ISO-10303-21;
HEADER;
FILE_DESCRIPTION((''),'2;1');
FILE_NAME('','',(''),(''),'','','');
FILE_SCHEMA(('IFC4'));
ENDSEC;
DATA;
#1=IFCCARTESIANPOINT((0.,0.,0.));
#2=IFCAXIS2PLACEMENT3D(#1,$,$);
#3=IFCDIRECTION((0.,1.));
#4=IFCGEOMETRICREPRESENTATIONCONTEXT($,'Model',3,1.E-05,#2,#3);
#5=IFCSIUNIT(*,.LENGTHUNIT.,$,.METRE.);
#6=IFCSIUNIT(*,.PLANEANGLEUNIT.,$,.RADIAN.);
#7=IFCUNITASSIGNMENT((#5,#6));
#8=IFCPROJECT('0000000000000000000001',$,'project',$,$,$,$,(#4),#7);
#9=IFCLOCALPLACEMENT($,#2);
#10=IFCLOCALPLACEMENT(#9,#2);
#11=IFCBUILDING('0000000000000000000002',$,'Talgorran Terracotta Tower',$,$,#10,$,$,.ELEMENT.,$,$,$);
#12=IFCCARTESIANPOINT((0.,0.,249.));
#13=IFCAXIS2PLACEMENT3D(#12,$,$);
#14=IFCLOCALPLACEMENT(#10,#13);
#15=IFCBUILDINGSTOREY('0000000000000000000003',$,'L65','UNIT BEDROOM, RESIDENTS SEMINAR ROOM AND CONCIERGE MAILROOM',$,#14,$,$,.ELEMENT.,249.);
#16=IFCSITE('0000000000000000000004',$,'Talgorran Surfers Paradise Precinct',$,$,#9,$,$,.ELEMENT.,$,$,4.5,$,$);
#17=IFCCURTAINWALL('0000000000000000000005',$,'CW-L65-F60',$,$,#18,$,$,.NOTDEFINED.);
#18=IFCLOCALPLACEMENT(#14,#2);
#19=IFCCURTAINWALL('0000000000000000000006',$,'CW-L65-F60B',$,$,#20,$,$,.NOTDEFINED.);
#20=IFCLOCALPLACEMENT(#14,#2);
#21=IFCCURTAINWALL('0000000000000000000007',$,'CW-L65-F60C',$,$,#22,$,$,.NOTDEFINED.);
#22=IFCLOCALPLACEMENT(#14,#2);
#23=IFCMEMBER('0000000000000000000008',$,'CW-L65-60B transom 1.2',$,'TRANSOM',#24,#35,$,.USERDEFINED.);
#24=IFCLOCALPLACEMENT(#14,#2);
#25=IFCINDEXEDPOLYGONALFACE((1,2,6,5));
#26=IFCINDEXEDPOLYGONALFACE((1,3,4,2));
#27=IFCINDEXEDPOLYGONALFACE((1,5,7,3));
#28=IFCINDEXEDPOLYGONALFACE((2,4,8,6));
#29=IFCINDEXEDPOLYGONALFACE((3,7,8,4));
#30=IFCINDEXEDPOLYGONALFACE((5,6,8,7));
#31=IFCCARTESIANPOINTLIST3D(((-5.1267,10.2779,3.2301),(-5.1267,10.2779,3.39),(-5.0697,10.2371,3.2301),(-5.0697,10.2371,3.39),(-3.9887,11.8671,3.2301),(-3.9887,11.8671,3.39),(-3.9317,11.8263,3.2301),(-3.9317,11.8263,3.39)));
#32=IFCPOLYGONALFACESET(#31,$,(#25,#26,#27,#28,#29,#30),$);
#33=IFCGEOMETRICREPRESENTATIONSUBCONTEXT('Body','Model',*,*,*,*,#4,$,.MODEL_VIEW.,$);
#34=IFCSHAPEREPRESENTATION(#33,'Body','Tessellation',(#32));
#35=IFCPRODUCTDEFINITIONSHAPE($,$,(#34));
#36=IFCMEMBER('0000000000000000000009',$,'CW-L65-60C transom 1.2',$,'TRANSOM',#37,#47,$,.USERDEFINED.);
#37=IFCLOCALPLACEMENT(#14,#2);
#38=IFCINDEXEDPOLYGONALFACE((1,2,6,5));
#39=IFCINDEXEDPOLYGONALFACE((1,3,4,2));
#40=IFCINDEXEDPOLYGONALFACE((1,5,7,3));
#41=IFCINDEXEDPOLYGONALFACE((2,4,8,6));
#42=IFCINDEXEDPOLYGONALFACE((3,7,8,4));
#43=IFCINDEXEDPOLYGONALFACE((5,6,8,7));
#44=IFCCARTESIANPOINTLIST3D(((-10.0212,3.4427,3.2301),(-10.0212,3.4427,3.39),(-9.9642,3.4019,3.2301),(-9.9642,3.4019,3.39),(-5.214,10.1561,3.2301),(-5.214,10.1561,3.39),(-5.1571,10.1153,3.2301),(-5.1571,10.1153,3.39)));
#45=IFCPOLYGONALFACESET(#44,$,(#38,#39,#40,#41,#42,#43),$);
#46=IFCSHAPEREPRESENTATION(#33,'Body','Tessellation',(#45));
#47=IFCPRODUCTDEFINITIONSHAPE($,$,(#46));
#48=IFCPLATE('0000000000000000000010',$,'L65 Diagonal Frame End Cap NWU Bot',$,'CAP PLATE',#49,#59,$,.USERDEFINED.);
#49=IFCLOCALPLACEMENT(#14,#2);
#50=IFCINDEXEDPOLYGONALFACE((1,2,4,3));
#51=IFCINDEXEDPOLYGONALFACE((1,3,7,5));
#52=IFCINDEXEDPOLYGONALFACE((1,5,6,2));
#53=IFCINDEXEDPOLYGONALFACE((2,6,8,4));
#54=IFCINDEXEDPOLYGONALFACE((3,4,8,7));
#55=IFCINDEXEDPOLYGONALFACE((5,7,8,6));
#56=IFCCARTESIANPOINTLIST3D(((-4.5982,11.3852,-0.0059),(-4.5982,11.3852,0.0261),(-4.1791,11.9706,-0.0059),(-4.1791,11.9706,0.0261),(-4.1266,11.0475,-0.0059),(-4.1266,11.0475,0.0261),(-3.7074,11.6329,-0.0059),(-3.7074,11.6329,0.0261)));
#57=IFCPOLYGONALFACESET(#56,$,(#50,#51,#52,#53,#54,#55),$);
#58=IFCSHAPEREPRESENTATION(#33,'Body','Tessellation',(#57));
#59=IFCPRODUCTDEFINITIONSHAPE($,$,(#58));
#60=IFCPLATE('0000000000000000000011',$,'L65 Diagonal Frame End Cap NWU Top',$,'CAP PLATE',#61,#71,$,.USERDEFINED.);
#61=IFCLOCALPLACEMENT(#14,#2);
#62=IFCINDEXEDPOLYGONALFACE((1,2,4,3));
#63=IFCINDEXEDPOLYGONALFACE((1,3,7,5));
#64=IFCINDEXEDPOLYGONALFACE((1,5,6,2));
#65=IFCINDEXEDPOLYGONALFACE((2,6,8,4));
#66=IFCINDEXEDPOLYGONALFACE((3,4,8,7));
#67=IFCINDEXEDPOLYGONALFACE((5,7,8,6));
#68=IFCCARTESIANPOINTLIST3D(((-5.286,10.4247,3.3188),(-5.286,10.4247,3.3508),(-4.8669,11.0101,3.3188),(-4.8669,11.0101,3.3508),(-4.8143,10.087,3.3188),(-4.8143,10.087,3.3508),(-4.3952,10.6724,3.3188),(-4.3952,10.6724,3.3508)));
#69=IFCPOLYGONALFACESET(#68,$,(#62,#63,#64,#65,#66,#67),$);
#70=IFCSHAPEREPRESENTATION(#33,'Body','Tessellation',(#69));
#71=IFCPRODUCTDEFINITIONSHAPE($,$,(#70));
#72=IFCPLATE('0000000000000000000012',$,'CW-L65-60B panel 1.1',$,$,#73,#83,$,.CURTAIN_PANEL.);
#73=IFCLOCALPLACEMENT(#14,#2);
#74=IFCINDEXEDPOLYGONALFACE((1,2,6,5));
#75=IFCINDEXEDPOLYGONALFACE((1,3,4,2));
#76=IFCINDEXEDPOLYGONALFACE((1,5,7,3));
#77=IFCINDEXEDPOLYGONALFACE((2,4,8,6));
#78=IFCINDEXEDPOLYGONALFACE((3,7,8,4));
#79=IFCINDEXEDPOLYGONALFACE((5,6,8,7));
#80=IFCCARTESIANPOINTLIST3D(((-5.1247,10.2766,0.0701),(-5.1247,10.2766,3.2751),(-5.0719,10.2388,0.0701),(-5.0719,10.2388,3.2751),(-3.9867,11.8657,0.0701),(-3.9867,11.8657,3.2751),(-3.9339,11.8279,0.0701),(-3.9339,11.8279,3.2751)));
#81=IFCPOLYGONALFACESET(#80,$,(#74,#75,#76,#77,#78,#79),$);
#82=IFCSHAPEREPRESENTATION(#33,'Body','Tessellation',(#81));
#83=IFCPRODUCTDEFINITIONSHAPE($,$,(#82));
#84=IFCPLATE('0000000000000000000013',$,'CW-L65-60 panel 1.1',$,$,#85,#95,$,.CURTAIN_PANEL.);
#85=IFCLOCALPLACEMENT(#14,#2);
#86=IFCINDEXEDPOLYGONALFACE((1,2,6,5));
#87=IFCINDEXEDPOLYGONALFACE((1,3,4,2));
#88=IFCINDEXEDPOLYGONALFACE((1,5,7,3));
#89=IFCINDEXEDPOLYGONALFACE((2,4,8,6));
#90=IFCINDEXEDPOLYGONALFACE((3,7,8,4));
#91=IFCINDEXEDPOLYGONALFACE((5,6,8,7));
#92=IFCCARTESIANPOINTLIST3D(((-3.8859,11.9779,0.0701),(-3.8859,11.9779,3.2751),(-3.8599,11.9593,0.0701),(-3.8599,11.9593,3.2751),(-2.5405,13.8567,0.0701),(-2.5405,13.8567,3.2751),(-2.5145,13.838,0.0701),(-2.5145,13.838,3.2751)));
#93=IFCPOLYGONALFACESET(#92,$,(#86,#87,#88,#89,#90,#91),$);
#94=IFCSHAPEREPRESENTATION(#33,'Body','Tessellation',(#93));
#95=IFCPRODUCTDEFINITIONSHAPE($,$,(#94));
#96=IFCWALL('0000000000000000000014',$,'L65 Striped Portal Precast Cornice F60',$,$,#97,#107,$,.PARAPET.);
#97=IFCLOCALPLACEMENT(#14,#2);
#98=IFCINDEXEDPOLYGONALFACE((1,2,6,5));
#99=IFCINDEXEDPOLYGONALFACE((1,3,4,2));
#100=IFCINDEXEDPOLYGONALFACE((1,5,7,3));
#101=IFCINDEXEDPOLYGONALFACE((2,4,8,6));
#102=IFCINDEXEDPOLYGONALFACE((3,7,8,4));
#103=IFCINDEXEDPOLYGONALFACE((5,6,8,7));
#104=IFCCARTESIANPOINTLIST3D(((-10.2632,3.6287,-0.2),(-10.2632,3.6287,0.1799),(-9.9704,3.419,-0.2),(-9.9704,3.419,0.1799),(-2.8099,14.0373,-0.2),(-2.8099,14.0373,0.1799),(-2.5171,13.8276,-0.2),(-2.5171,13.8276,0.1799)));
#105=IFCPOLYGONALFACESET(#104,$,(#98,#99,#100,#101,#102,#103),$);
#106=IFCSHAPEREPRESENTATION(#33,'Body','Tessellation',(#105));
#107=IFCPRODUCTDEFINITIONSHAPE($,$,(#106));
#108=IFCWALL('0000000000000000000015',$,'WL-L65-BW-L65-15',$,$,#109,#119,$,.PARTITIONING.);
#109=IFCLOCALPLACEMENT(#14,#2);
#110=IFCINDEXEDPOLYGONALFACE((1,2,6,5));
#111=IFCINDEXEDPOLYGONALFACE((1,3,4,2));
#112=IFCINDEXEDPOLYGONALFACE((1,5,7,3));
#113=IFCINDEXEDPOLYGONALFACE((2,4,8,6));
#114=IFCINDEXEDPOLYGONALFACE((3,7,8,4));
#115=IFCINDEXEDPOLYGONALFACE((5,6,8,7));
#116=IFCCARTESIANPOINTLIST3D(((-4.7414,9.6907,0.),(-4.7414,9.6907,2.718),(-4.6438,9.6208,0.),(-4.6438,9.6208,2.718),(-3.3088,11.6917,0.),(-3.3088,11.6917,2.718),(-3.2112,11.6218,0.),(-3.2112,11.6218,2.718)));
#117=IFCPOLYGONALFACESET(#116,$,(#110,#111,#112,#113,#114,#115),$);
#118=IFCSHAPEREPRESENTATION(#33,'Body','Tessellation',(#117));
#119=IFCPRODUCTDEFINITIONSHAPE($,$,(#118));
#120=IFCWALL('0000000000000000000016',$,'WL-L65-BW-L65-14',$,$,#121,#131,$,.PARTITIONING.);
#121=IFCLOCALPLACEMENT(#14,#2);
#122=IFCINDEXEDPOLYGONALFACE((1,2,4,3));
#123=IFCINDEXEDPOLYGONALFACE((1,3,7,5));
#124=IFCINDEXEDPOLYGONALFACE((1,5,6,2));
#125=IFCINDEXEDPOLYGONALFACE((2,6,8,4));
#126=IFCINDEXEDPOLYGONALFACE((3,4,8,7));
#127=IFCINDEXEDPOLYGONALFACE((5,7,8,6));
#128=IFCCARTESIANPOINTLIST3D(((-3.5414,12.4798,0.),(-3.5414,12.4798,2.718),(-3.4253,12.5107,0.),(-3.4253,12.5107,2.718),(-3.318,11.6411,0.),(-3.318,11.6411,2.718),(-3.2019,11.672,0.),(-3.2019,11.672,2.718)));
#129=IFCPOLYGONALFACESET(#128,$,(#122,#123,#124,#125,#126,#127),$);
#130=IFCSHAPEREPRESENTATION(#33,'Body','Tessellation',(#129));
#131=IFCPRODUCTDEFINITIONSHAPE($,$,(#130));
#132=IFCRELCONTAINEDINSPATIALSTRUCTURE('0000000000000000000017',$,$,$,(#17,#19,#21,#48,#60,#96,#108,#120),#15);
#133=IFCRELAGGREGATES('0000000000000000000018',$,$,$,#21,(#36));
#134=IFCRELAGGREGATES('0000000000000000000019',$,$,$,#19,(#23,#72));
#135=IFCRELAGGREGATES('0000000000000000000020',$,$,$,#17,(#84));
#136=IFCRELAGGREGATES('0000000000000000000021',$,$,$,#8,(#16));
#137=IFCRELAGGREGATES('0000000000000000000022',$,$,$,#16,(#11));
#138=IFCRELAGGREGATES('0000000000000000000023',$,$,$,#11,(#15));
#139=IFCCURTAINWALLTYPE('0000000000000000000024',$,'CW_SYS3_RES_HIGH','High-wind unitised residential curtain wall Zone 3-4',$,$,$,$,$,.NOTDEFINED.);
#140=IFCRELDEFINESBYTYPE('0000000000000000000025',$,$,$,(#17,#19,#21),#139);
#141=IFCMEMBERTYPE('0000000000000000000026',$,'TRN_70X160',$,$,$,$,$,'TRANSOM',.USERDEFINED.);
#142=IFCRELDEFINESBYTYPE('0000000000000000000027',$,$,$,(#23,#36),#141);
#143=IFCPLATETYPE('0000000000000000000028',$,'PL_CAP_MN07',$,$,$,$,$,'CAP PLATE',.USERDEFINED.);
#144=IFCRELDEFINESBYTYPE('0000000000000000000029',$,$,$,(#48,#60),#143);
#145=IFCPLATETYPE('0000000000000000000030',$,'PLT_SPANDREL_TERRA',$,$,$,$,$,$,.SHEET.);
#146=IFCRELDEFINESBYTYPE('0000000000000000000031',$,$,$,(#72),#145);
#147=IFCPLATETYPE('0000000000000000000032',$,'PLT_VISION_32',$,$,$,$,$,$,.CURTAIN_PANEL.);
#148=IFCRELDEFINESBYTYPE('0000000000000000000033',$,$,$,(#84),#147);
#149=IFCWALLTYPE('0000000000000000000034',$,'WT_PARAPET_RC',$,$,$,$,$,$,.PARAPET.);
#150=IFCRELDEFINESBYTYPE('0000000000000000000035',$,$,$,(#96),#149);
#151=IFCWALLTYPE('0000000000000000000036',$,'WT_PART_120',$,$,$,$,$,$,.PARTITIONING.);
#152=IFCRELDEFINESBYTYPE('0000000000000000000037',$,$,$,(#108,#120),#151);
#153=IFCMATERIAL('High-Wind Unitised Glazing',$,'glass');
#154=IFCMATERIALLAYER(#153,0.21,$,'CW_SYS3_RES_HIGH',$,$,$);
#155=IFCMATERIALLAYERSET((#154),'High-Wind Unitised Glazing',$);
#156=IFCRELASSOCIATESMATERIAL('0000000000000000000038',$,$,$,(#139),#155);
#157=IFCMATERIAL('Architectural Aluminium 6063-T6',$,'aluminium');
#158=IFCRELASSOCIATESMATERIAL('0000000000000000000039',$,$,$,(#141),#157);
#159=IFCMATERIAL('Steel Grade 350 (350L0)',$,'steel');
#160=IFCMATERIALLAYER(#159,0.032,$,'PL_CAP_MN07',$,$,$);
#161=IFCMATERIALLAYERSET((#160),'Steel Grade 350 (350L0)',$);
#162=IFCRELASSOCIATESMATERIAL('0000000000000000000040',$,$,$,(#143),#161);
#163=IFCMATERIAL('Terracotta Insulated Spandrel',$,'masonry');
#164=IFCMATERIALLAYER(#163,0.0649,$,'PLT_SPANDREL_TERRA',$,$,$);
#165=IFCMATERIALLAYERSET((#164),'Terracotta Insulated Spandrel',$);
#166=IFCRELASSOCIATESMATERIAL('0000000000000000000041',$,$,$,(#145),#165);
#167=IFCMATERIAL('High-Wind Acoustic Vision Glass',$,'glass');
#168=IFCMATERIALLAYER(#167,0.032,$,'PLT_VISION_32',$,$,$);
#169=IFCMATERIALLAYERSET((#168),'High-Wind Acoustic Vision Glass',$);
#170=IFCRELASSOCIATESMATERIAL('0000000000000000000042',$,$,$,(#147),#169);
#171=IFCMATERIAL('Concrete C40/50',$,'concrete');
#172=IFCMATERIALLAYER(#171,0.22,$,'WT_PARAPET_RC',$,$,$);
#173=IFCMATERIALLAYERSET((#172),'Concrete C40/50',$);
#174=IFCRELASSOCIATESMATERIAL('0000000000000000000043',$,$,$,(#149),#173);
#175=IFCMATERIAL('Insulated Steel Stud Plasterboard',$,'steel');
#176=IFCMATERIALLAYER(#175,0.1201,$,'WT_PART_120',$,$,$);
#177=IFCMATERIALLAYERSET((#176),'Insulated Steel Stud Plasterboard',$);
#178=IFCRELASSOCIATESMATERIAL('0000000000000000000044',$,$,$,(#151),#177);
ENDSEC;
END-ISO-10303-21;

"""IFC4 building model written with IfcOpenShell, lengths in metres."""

from ifc_helpers import new_model, si_unit, direction, frame, frame_2d, origin, origin_2d, place, context, subcontext, project, spatial, rectangle, extrude, source, transform, mapped, material, layer, layer_set, material_profile, profile_set, type_object, type_shapes, element, aggregate, save


model = new_model("IFC4")

# Units and contexts
model_context = context("Model", 3, precision=1e-05, world=origin(), true_north=direction((0.0, 1.0)))
body_context = subcontext(model_context, "Body", "Model", "MODEL_VIEW")
ifc_project = project(units=[si_unit("LENGTHUNIT", "METRE"), si_unit("PLANEANGLEUNIT", "RADIAN")], contexts=[model_context])

# Site, building, storey
site_placement = place(None, origin())
site = spatial("IfcSite", under=ifc_project, at=site_placement, Name="Talgorran Surfers Paradise Precinct", CompositionType="ELEMENT", RefElevation=4.5)
building_placement = place(site_placement, origin())
building = spatial("IfcBuilding", under=site, at=building_placement, Name="Talgorran Terracotta Tower", CompositionType="ELEMENT")
storey_placement = place(building_placement, frame((0.0, 0.0, 249.0)))
storey = spatial("IfcBuildingStorey", under=building, at=storey_placement, Name="L65", Description="UNIT BEDROOM, RESIDENTS SEMINAR ROOM AND CONCIERGE MAILROOM", CompositionType="ELEMENT", Elevation=249.0)

# Shared definitions
ifc_material_1 = material(Name="Steel Grade 350 (350L0)", Category="steel")

# Shared definitions
ifc_material_2 = material(Name="High-Wind Unitised Glazing", Category="glass")
ifc_layer_1 = layer(ifc_material_2, 0.21, Name="CW_SYS3_RES_HIGH")
ifc_layer_set_1 = layer_set([ifc_layer_1], Name="High-Wind Unitised Glazing")
curtain_wall_type = type_object("IfcCurtainWallType", Name="CW_SYS3_RES_HIGH", Description="High-wind unitised residential curtain wall Zone 3-4", PredefinedType="NOTDEFINED", material=ifc_layer_set_1)
ifc_material_3 = material(Name="Architectural Aluminium 6063-T6", Category="aluminium")

# Curtain walls
curtain_wall_1_placement = place(storey_placement, origin())
curtain_wall_1 = element("IfcCurtainWall", 1, at=curtain_wall_1_placement, inside=storey, type_object=curtain_wall_type, Name="CW-L65-F60", PredefinedType="NOTDEFINED")
curtain_wall_2_placement = place(storey_placement, origin())
curtain_wall_2 = element("IfcCurtainWall", 2, at=curtain_wall_2_placement, inside=storey, type_object=curtain_wall_type, Name="CW-L65-F60B", PredefinedType="NOTDEFINED")

# Curtain wall
curtain_wall_3_placement = place(storey_placement, origin())
curtain_wall_3 = element("IfcCurtainWall", 3, at=curtain_wall_3_placement, inside=storey, type_object=curtain_wall_type, Name="CW-L65-F60C", PredefinedType="NOTDEFINED")

# Members
ifc_material_profile_1 = material_profile(ifc_material_3, rectangle(XDim=0.0701, YDim=0.1599, at=origin_2d()), Name="CWT70X160")
ifc_profile_set_1 = profile_set([ifc_material_profile_1], Name="Architectural Aluminium 6063-T6")
member_type_1 = type_object("IfcMemberType", Name="TRN_70X160", ElementType="TRANSOM", PredefinedType="USERDEFINED", material=ifc_profile_set_1)
member_1_placement = place(storey_placement, frame((-3.9602, 11.8467, 3.3101), z_axis=(-0.582207, -0.813041, 0.0), x_axis=(0.813041, -0.582207, 0.0)))
member_1 = element("IfcMember", 4, at=member_1_placement, type_object=member_type_1, Name="CW-L65-60B transom 1.2", ObjectType="TRANSOM", PredefinedType="USERDEFINED", context=body_context, shape_type="SweptSolid", body=[
    extrude(rectangle(XDim=0.0701, YDim=0.1599, at=origin_2d()), origin(), (0.0, 0.0, 1.0), 1.9546),
])
member_2_placement = place(storey_placement, frame((-5.1855, 10.1357, 3.3101), z_axis=(-0.582189, -0.813054, 0.0), x_axis=(0.813054, -0.582189, 0.0)))
member_2 = element("IfcMember", 5, at=member_2_placement, type_object=member_type_1, Name="CW-L65-60C transom 1.2", ObjectType="TRANSOM", PredefinedType="USERDEFINED", context=body_context, shape_type="SweptSolid", body=[
    extrude(rectangle(XDim=0.0701, YDim=0.1599, at=origin_2d()), origin(), (0.0, 0.0, 1.0), 8.2571),
])
aggregate(curtain_wall_3, [member_2])

# Plates
ifc_layer_2 = layer(ifc_material_1, 0.032, Name="PL_CAP_MN07")
ifc_layer_set_2 = layer_set([ifc_layer_2], Name="Steel Grade 350 (350L0)")
plate_type_1 = type_object("IfcPlateType", Name="PL_CAP_MN07", ElementType="CAP PLATE", PredefinedType="USERDEFINED", material=ifc_layer_set_2)
for number, where, z_axis, x_axis, name in (
    (6, (-4.1528, 11.509, -0.0059), (0.0, 0.0, 1.0), (-0.582123, -0.813101, 0.0), "L65 Diagonal Frame End Cap NWU Bot"),
    (7, (-4.8406, 10.5486, 3.3188), (0.0, 0.0, 1.0), (-0.582123, -0.813101, 0.0), "L65 Diagonal Frame End Cap NWU Top"),
):
    element("IfcPlate", number, at=place(storey_placement, frame(where, z_axis=z_axis, x_axis=x_axis)), inside=storey, type_object=plate_type_1, Name=name, ObjectType="CAP PLATE", PredefinedType="USERDEFINED", context=body_context, shape_type="SweptSolid", body=[
        extrude(rectangle(XDim=0.72, YDim=0.5801, at=origin_2d()), origin(), (0.0, 0.0, 1.0), 0.032),
    ])

# Plates
ifc_material_4 = material(Name="Terracotta Insulated Spandrel", Category="masonry")
ifc_layer_3 = layer(ifc_material_4, 0.0649, Name="PLT_SPANDREL_TERRA")
ifc_layer_set_3 = layer_set([ifc_layer_3], Name="Terracotta Insulated Spandrel")
plate_type_2 = type_object("IfcPlateType", Name="PLT_SPANDREL_TERRA", PredefinedType="SHEET", material=ifc_layer_set_3)
shared_shape_1 = source(origin(), body_context, "Body", "SweptSolid", [
    extrude(rectangle(XDim=1.9546, YDim=0.0649, at=origin_2d()), origin(), (0.0, 0.0, 1.0), 3.2051),
])
type_shapes(plate_type_2, [shared_shape_1])
plate_1_placement = place(storey_placement, frame((-4.5293, 11.0522, 0.0701), z_axis=(0.0, 0.0, 1.0), x_axis=(-0.5822, -0.813046, 0.0)))
plate_1 = element("IfcPlate", 8, at=plate_1_placement, type_object=plate_type_2, Name="CW-L65-60B panel 1.1", PredefinedType="CURTAIN_PANEL", context=body_context, shape_type="MappedRepresentation", body=[
    mapped(shared_shape_1, transform((0.0, 0.0, 0.0), scale=1.0)),
])
aggregate(curtain_wall_2, [member_1, plate_1])
ifc_material_5 = material(Name="High-Wind Acoustic Vision Glass", Category="glass")
ifc_layer_4 = layer(ifc_material_5, 0.032, Name="PLT_VISION_32")
ifc_layer_set_4 = layer_set([ifc_layer_4], Name="High-Wind Acoustic Vision Glass")
plate_type_3 = type_object("IfcPlateType", Name="PLT_VISION_32", PredefinedType="CURTAIN_PANEL", material=ifc_layer_set_4)
shared_shape_2 = source(origin(), body_context, "Body", "SweptSolid", [
    extrude(rectangle(XDim=2.3108, YDim=0.032, at=origin_2d()), origin(), (0.0, 0.0, 1.0), 3.2051),
])
type_shapes(plate_type_3, [shared_shape_2])
plate_2_placement = place(storey_placement, frame((-3.2002, 12.908, 0.0701), z_axis=(0.0, 0.0, 1.0), x_axis=(-0.582207, -0.813041, 0.0)))
plate_2 = element("IfcPlate", 9, at=plate_2_placement, type_object=plate_type_3, Name="CW-L65-60 panel 1.1", PredefinedType="CURTAIN_PANEL", context=body_context, shape_type="MappedRepresentation", body=[
    mapped(shared_shape_2, transform((0.0, 0.0, 0.0), scale=1.0)),
])
aggregate(curtain_wall_1, [plate_2])

# Walls
ifc_material_6 = material(Name="Concrete C40/50", Category="concrete")
ifc_layer_5 = layer(ifc_material_6, 0.22, Name="WT_PARAPET_RC")
ifc_layer_set_5 = layer_set([ifc_layer_5], Name="Concrete C40/50")
wall_type_1 = type_object("IfcWallType", Name="WT_PARAPET_RC", PredefinedType="PARAPET", material=ifc_layer_set_5)
wall_1_placement = place(storey_placement, frame((-2.6636, 13.9324, -0.2), z_axis=(0.0, 0.0, 1.0), x_axis=(-0.582199, -0.813046, 0.0)))
element("IfcWall", 10, at=wall_1_placement, inside=storey, type_object=wall_type_1, Name="L65 Striped Portal Precast Cornice F60", PredefinedType="PARAPET", context=body_context, shape_type="SweptSolid", body=[
    extrude(rectangle(XDim=12.802, YDim=0.3601, at=frame_2d((6.4009, 0.0))), origin(), (0.0, 0.0, 1.0), 0.3799),
])
ifc_material_7 = material(Name="Insulated Steel Stud Plasterboard", Category="steel")
ifc_layer_6 = layer(ifc_material_7, 0.1201, Name="WT_PART_120")
ifc_layer_set_6 = layer_set([ifc_layer_6], Name="Insulated Steel Stud Plasterboard")
wall_type_2 = type_object("IfcWallType", Name="WT_PART_120", PredefinedType="PARTITIONING", material=ifc_layer_set_6)
wall_2_placement = place(storey_placement, frame((-3.26, 11.6567, 0.0), z_axis=(0.0, 0.0, 1.0), x_axis=(-0.582139, -0.813089, 0.0)))
element("IfcWall", 11, at=wall_2_placement, inside=storey, type_object=wall_type_2, Name="WL-L65-BW-L65-15", PredefinedType="PARTITIONING", context=body_context, shape_type="SweptSolid", body=[
    extrude(rectangle(XDim=2.4609, YDim=0.1201, at=frame_2d((1.2305, 0.0))), origin(), (0.0, 0.0, 1.0), 2.718),
])
wall_3_placement = place(storey_placement, frame((-3.4834, 12.4954, 0.0), z_axis=(0.0, 0.0, 1.0), x_axis=(0.2574, -0.966305, 0.0)))
element("IfcWall", 12, at=wall_3_placement, inside=storey, type_object=wall_type_2, Name="WL-L65-BW-L65-14", PredefinedType="PARTITIONING", context=body_context, shape_type="SweptSolid", body=[
    extrude(rectangle(XDim=0.8679, YDim=0.1201, at=frame_2d((0.4341, 0.0))), origin(), (0.0, 0.0, 1.0), 2.718),
])

save(model, "model.ifc")
